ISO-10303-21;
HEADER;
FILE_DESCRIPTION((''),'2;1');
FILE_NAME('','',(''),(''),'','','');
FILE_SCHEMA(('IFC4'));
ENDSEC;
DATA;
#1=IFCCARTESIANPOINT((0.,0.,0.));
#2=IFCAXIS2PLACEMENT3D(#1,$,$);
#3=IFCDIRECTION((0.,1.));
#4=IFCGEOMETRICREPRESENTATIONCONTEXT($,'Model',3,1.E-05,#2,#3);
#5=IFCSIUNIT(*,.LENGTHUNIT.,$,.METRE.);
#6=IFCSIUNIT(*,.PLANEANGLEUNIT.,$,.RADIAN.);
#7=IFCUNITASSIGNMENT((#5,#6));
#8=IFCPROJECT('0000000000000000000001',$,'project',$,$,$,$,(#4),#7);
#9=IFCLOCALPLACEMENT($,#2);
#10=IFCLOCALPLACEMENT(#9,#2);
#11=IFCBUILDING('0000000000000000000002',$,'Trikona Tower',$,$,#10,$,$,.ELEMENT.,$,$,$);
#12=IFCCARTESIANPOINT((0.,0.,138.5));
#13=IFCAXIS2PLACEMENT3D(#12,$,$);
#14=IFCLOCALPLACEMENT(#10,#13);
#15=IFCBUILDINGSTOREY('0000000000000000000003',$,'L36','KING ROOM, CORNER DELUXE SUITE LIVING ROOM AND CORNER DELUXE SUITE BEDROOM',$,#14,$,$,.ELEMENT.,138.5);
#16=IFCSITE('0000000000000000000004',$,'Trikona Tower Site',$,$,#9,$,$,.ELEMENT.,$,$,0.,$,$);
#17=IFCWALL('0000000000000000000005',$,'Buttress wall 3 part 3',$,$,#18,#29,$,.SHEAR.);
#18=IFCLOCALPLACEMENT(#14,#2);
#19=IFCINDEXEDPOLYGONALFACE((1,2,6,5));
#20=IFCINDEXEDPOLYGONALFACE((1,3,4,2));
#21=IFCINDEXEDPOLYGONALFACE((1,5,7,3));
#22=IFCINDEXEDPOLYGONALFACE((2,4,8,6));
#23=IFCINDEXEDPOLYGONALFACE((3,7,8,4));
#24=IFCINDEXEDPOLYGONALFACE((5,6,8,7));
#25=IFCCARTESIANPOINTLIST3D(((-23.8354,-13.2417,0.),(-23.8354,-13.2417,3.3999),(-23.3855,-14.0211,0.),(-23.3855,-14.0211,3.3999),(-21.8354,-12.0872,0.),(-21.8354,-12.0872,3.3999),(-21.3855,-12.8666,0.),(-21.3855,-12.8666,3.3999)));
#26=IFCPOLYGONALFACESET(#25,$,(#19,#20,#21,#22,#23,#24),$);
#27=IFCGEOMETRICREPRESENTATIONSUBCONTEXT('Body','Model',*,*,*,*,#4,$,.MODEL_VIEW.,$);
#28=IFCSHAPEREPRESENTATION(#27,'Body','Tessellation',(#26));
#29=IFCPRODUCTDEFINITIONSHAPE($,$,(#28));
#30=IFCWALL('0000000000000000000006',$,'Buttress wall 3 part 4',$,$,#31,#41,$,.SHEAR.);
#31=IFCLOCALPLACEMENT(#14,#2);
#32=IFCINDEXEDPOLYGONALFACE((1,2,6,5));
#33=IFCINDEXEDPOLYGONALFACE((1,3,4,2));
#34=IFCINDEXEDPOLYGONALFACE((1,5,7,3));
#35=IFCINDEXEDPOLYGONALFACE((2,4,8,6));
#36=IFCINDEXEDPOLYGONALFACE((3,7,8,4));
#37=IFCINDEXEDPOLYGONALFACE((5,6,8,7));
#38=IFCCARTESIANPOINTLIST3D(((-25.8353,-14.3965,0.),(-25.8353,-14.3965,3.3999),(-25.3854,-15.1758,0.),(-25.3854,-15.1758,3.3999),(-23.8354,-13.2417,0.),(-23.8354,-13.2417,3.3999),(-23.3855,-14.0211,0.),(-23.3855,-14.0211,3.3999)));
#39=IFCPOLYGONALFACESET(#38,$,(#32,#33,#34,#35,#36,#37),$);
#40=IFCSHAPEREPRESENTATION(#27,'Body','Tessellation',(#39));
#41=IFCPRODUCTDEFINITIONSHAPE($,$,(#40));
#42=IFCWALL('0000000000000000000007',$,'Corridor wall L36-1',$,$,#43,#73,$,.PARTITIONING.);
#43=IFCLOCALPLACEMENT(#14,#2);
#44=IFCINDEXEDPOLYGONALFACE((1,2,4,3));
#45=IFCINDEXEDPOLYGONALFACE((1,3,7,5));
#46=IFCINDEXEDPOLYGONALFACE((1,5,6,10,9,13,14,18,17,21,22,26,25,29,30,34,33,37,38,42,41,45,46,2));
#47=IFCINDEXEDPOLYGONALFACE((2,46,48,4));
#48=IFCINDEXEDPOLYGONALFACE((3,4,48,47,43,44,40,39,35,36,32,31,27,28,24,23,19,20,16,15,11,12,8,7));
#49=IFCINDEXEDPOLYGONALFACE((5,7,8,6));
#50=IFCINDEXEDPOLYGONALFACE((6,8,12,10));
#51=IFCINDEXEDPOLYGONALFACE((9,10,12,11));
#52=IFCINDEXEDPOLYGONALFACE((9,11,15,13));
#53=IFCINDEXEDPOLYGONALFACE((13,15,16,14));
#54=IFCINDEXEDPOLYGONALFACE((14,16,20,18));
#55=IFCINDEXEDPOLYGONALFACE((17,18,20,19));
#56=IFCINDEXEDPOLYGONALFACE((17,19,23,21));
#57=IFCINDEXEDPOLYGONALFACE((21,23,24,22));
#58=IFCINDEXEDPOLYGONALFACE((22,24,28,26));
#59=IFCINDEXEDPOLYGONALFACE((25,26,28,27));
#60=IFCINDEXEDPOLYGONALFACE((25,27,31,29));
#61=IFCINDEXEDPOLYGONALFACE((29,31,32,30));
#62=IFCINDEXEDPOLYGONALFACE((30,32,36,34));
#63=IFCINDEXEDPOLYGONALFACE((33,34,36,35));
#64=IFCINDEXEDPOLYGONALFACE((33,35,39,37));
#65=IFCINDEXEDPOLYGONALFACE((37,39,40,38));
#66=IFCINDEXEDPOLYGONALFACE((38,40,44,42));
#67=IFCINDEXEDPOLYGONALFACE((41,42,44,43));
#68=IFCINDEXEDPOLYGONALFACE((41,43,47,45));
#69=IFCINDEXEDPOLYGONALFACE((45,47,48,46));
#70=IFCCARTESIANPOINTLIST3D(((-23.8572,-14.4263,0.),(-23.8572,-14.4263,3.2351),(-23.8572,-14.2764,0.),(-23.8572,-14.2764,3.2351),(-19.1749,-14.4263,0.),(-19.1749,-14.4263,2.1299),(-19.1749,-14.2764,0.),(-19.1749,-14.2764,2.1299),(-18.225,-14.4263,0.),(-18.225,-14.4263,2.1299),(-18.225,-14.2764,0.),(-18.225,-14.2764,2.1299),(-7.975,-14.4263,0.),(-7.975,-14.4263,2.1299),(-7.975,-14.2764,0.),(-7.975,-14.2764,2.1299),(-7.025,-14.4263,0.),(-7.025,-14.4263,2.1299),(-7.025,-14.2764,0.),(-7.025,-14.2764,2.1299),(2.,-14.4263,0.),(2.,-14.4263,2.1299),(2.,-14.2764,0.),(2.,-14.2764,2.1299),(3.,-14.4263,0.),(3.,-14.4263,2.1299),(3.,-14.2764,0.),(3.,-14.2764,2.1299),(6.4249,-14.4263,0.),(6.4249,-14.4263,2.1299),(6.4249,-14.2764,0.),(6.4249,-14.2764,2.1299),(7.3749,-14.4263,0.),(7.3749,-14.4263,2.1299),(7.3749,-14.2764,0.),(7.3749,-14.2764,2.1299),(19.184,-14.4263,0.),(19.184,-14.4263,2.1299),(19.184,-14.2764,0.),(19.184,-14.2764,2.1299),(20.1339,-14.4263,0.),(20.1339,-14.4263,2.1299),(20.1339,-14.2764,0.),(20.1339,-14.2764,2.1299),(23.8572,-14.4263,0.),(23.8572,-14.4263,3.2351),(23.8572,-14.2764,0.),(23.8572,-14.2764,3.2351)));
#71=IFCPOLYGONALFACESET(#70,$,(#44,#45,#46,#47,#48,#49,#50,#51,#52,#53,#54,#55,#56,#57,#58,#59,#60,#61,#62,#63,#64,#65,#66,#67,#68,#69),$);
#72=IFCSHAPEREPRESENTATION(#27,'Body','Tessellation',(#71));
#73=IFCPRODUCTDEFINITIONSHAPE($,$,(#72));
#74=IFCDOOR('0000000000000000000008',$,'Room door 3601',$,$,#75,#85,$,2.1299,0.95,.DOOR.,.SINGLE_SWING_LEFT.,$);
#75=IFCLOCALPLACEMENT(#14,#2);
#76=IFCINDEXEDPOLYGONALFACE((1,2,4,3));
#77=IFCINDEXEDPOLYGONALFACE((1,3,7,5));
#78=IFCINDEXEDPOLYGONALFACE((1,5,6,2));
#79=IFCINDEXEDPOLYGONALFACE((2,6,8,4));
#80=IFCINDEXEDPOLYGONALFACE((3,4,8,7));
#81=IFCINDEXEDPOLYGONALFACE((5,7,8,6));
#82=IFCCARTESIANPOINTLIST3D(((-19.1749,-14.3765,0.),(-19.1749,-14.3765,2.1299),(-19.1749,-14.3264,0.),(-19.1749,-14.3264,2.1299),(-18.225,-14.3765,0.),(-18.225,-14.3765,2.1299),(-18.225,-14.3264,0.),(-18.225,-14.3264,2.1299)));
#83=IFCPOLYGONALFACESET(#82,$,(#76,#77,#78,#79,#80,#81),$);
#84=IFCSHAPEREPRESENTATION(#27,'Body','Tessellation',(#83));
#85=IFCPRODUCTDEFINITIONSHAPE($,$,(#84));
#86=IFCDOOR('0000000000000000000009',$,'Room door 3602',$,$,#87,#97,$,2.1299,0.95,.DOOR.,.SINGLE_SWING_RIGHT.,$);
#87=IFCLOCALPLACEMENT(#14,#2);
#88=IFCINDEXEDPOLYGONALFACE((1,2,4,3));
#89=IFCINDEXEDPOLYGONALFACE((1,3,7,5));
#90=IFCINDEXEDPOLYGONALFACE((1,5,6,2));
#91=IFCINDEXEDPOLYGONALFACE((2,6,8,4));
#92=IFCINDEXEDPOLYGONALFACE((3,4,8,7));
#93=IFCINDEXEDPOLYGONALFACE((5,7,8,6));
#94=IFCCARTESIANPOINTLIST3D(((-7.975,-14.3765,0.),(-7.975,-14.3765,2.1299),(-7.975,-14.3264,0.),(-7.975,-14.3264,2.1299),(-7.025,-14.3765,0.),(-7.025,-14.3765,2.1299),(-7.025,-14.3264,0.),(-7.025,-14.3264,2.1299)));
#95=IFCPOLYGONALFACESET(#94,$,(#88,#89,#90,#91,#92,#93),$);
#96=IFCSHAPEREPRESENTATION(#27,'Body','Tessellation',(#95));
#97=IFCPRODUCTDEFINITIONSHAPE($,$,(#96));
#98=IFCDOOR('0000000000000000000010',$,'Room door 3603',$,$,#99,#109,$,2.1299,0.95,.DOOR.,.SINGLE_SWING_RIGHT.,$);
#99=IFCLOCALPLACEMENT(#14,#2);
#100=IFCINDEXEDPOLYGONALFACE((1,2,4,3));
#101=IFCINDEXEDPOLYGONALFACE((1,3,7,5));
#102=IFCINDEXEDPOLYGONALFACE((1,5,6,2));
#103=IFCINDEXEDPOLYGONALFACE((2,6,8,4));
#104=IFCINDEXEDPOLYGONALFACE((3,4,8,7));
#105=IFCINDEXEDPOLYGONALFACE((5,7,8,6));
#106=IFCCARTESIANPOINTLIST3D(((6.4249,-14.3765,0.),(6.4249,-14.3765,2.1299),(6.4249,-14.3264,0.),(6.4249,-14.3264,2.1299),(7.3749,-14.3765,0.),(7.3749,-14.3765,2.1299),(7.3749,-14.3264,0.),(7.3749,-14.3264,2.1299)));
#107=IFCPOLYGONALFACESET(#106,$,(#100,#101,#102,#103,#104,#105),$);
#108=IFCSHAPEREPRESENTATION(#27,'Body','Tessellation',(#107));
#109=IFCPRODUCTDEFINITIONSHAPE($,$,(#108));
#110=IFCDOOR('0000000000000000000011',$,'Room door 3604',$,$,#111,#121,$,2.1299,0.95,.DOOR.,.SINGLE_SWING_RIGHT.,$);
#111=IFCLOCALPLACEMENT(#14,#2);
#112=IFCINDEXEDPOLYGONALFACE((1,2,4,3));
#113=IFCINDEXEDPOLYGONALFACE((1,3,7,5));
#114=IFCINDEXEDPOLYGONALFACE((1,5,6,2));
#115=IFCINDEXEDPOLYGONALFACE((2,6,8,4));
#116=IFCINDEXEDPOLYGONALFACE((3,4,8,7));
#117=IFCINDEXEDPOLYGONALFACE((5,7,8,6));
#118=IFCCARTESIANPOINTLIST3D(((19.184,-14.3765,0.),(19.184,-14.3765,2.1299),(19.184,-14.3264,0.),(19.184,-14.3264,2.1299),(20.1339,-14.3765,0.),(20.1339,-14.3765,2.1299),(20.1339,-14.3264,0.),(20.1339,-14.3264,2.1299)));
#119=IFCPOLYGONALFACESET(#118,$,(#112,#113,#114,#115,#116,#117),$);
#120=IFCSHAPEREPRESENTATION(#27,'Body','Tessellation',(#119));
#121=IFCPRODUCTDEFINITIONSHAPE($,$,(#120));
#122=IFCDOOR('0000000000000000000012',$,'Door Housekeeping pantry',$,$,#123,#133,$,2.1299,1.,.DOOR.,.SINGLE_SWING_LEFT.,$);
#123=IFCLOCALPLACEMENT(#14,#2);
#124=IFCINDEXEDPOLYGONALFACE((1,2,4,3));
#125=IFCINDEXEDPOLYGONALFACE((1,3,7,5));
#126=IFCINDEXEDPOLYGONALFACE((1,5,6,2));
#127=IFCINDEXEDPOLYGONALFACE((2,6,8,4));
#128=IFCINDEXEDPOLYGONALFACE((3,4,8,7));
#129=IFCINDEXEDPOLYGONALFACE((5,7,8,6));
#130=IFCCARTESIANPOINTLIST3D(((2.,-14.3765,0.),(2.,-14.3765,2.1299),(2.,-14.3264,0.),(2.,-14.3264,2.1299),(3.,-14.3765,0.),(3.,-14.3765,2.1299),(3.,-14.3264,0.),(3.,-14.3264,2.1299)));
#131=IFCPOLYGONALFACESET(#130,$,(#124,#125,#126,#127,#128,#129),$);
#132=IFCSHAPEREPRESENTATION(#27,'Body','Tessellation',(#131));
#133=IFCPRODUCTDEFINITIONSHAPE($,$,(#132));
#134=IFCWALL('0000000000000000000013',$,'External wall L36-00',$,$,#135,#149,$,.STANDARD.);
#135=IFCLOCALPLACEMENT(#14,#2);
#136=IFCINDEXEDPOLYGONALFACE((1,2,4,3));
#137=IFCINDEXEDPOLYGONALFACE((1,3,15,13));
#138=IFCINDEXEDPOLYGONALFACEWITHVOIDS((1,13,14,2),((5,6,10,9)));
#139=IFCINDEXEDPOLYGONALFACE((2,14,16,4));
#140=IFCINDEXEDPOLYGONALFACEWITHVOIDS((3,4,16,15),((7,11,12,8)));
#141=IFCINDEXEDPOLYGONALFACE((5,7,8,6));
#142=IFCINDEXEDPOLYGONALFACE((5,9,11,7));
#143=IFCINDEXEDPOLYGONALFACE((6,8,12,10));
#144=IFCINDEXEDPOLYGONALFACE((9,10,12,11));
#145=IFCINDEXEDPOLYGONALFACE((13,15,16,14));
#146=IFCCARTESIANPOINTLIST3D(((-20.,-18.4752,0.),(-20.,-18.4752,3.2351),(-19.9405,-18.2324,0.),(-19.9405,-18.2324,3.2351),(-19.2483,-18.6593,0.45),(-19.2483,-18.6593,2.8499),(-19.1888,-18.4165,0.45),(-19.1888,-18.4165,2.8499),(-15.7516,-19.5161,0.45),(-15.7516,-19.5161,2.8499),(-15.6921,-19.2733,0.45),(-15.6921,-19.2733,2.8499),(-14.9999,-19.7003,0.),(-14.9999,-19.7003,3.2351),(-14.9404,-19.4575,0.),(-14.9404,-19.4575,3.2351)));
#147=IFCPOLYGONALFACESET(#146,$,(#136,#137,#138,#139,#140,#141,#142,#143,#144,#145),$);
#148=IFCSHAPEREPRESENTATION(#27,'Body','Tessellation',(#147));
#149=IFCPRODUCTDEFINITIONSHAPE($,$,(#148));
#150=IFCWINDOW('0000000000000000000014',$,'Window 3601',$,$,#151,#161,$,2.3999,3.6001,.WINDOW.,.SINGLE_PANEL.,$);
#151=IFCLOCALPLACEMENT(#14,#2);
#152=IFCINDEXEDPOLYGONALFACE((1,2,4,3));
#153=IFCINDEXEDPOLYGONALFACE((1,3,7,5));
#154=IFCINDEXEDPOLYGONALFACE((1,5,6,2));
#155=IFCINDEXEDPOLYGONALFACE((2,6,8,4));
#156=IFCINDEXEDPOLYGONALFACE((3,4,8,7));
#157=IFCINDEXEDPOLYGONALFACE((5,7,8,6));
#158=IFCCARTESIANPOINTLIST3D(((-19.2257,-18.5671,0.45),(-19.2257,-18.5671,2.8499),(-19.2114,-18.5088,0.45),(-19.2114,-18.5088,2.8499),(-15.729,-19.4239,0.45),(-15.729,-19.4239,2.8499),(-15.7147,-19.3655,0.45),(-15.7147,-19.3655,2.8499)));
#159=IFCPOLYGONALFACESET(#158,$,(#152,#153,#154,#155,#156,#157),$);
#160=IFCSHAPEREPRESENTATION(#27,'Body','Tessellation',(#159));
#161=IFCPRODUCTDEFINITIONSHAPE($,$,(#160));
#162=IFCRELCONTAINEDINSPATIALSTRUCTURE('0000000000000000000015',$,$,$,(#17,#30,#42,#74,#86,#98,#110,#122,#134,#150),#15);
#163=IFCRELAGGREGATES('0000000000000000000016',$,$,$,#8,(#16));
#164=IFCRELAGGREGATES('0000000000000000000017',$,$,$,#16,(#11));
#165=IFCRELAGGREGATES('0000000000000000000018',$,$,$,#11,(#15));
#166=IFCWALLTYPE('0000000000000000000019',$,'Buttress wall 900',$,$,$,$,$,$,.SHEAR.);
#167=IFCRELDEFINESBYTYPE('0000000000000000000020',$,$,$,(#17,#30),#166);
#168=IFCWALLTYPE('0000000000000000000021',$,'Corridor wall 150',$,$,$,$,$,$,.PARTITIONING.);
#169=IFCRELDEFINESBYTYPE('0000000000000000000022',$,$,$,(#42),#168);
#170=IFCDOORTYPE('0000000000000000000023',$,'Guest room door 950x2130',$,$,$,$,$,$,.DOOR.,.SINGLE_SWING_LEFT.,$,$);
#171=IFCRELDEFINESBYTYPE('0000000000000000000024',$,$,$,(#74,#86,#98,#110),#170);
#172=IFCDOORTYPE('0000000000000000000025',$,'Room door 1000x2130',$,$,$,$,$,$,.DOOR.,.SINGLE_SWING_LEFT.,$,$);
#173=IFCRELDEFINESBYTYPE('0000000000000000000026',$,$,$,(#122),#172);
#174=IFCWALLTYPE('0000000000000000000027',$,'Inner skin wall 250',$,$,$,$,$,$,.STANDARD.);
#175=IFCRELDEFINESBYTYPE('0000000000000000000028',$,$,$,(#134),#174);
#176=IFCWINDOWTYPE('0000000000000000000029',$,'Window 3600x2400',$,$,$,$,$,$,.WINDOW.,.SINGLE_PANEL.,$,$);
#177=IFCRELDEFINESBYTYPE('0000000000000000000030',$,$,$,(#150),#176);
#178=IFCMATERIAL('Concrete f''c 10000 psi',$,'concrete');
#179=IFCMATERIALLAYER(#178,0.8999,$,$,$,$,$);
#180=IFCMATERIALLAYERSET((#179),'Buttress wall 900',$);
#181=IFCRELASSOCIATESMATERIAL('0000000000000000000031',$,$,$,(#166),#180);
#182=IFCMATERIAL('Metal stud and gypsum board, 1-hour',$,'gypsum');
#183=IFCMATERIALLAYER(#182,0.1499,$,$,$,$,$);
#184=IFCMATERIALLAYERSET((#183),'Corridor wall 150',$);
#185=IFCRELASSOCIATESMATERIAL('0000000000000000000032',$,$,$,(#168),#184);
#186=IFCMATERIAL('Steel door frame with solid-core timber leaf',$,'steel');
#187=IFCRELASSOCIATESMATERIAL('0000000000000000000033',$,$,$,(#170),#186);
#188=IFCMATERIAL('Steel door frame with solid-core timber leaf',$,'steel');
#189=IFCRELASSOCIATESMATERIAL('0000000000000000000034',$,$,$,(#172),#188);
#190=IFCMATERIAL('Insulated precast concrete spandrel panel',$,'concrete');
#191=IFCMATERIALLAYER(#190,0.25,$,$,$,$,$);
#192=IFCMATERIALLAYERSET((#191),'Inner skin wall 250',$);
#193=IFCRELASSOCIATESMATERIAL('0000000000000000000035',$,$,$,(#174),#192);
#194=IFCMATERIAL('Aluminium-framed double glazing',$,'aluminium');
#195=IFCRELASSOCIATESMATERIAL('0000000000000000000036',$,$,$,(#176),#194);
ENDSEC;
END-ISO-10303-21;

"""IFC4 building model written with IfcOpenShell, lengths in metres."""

from ifc_helpers import new_model, si_unit, direction, frame, frame_2d, origin, place, context, subcontext, project, spatial, rectangle, extrude, material, layer, layer_set, type_object, element, fill, save


model = new_model("IFC4")

# Units and contexts
model_context = context("Model", 3, precision=1e-05, world=origin(), true_north=direction((0.0, 1.0)))
body_context = subcontext(model_context, "Body", "Model", "MODEL_VIEW")
ifc_project = project(units=[si_unit("LENGTHUNIT", "METRE"), si_unit("PLANEANGLEUNIT", "RADIAN")], contexts=[model_context])

# Site, building, storey
site_placement = place(None, origin())
site = spatial("IfcSite", under=ifc_project, at=site_placement, Name="Trikona Tower Site", CompositionType="ELEMENT", RefElevation=0.0)
building_placement = place(site_placement, origin())
building = spatial("IfcBuilding", under=site, at=building_placement, Name="Trikona Tower", CompositionType="ELEMENT")
storey_placement = place(building_placement, frame((0.0, 0.0, 138.5)))
storey = spatial("IfcBuildingStorey", under=building, at=storey_placement, Name="L36", Description="KING ROOM, CORNER DELUXE SUITE LIVING ROOM AND CORNER DELUXE SUITE BEDROOM", CompositionType="ELEMENT", Elevation=138.5)

# Walls
ifc_material_1 = material(Name="Concrete f'c 10000 psi", Category="concrete")
ifc_layer_1 = layer(ifc_material_1, 0.8999)
ifc_layer_set_1 = layer_set([ifc_layer_1], Name="Buttress wall 900")
wall_type_1 = type_object("IfcWallType", Name="Buttress wall 900", PredefinedType="SHEAR", material=ifc_layer_set_1)
for number, where, z_axis, x_axis, name in (
    (1, (-21.6104, -12.4768, 0.0), (0.0, 0.0, 1.0), (-0.866055, -0.499948, 0.0), "Buttress wall 3 part 3"),
    (2, (-23.6104, -13.6313, 0.0), (0.0, 0.0, 1.0), (-0.86601, -0.500027, 0.0), "Buttress wall 3 part 4"),
):
    element("IfcWall", number, at=place(storey_placement, frame(where, z_axis=z_axis, x_axis=x_axis)), inside=storey, type_object=wall_type_1, Name=name, PredefinedType="SHEAR", context=body_context, shape_type="SweptSolid", body=[
        extrude(rectangle(XDim=2.3093, YDim=0.8999, at=frame_2d((1.1548, 0.0))), origin(), (0.0, 0.0, 1.0), 3.3999),
    ])

# Wall, openings, doors
ifc_material_2 = material(Name="Metal stud and gypsum board, 1-hour", Category="gypsum")
ifc_layer_2 = layer(ifc_material_2, 0.1499)
ifc_layer_set_2 = layer_set([ifc_layer_2], Name="Corridor wall 150")
wall_type_2 = type_object("IfcWallType", Name="Corridor wall 150", PredefinedType="PARTITIONING", material=ifc_layer_set_2)
wall_1_placement = place(storey_placement, frame((-23.8572, -14.3513, 0.0), z_axis=(0.0, 0.0, 1.0), x_axis=(1.0, 0.0, 0.0)))
wall_1 = element("IfcWall", 3, at=wall_1_placement, inside=storey, type_object=wall_type_2, Name="Corridor wall L36-1", PredefinedType="PARTITIONING", context=body_context, shape_type="SweptSolid", body=[
    extrude(rectangle(XDim=47.7144, YDim=0.1499, at=frame_2d((23.8572, 0.0))), origin(), (0.0, 0.0, 1.0), 3.2351),
])
opening_1_placement = place(wall_1_placement, frame((4.6821, 0.0, 0.0)))
opening_1 = element("IfcOpeningElement", 4, at=opening_1_placement, cuts=wall_1, PredefinedType="OPENING", context=body_context, shape_type="SweptSolid", body=[
    extrude(rectangle(XDim=0.95, YDim=2.1299, at=frame_2d((0.4751, 1.0649))), frame((0.0, 0.085, 0.0), z_axis=(0.0, -1.0, 0.0), x_axis=(1.0, 0.0, 0.0)), (0.0, 0.0, 1.0), 0.1699),
])
opening_2_placement = place(wall_1_placement, frame((15.8821, 0.0, 0.0)))
opening_2 = element("IfcOpeningElement", 5, at=opening_2_placement, cuts=wall_1, PredefinedType="OPENING", context=body_context, shape_type="SweptSolid", body=[
    extrude(rectangle(XDim=0.95, YDim=2.1299, at=frame_2d((0.4751, 1.0649))), frame((0.0, 0.085, 0.0), z_axis=(0.0, -1.0, 0.0), x_axis=(1.0, 0.0, 0.0)), (0.0, 0.0, 1.0), 0.1699),
])
opening_3_placement = place(wall_1_placement, frame((25.8572, 0.0, 0.0)))
opening_3 = element("IfcOpeningElement", 6, at=opening_3_placement, cuts=wall_1, PredefinedType="OPENING", context=body_context, shape_type="SweptSolid", body=[
    extrude(rectangle(XDim=1.0, YDim=2.1299, at=frame_2d((0.5, 1.0649))), frame((0.0, 0.085, 0.0), z_axis=(0.0, -1.0, 0.0), x_axis=(1.0, 0.0, 0.0)), (0.0, 0.0, 1.0), 0.1699),
])
opening_4_placement = place(wall_1_placement, frame((30.282, 0.0, 0.0)))
opening_4 = element("IfcOpeningElement", 7, at=opening_4_placement, cuts=wall_1, PredefinedType="OPENING", context=body_context, shape_type="SweptSolid", body=[
    extrude(rectangle(XDim=0.95, YDim=2.1299, at=frame_2d((0.4751, 1.0649))), frame((0.0, 0.085, 0.0), z_axis=(0.0, -1.0, 0.0), x_axis=(1.0, 0.0, 0.0)), (0.0, 0.0, 1.0), 0.1699),
])
opening_5_placement = place(wall_1_placement, frame((43.041, 0.0, 0.0)))
opening_5 = element("IfcOpeningElement", 8, at=opening_5_placement, cuts=wall_1, PredefinedType="OPENING", context=body_context, shape_type="SweptSolid", body=[
    extrude(rectangle(XDim=0.95, YDim=2.1299, at=frame_2d((0.4751, 1.0649))), frame((0.0, 0.085, 0.0), z_axis=(0.0, -1.0, 0.0), x_axis=(1.0, 0.0, 0.0)), (0.0, 0.0, 1.0), 0.1699),
])
ifc_material_3 = material(Name="Steel door frame with solid-core timber leaf", Category="steel")
door_type_1 = type_object("IfcDoorType", Name="Guest room door 950x2130", OperationType="SINGLE_SWING_LEFT", PredefinedType="DOOR", material=ifc_material_3)
door_1_placement = place(opening_1_placement, origin())
door_1 = element("IfcDoor", 9, at=door_1_placement, inside=storey, type_object=door_type_1, Name="Room door 3601", OperationType="SINGLE_SWING_LEFT", OverallHeight=2.1299, OverallWidth=0.95, PredefinedType="DOOR", context=body_context, shape_type="SweptSolid", body=[
    extrude(rectangle(XDim=0.95, YDim=2.1299, at=frame_2d((0.4751, 1.0649))), frame((0.0, 0.0249, 0.0), z_axis=(0.0, -1.0, 0.0), x_axis=(1.0, 0.0, 0.0)), (0.0, 0.0, 1.0), 0.05),
])
fill(opening_1, door_1)
door_2_placement = place(opening_2_placement, origin())
door_2 = element("IfcDoor", 10, at=door_2_placement, inside=storey, type_object=door_type_1, Name="Room door 3602", OperationType="SINGLE_SWING_RIGHT", OverallHeight=2.1299, OverallWidth=0.95, PredefinedType="DOOR", context=body_context, shape_type="SweptSolid", body=[
    extrude(rectangle(XDim=0.95, YDim=2.1299, at=frame_2d((0.4751, 1.0649))), frame((0.0, 0.0249, 0.0), z_axis=(0.0, -1.0, 0.0), x_axis=(1.0, 0.0, 0.0)), (0.0, 0.0, 1.0), 0.05),
])
fill(opening_2, door_2)
door_3_placement = place(opening_4_placement, origin())
door_3 = element("IfcDoor", 11, at=door_3_placement, inside=storey, type_object=door_type_1, Name="Room door 3603", OperationType="SINGLE_SWING_RIGHT", OverallHeight=2.1299, OverallWidth=0.95, PredefinedType="DOOR", context=body_context, shape_type="SweptSolid", body=[
    extrude(rectangle(XDim=0.95, YDim=2.1299, at=frame_2d((0.4751, 1.0649))), frame((0.0, 0.0249, 0.0), z_axis=(0.0, -1.0, 0.0), x_axis=(1.0, 0.0, 0.0)), (0.0, 0.0, 1.0), 0.05),
])
fill(opening_4, door_3)
door_4_placement = place(opening_5_placement, origin())
door_4 = element("IfcDoor", 12, at=door_4_placement, inside=storey, type_object=door_type_1, Name="Room door 3604", OperationType="SINGLE_SWING_RIGHT", OverallHeight=2.1299, OverallWidth=0.95, PredefinedType="DOOR", context=body_context, shape_type="SweptSolid", body=[
    extrude(rectangle(XDim=0.95, YDim=2.1299, at=frame_2d((0.4751, 1.0649))), frame((0.0, 0.0249, 0.0), z_axis=(0.0, -1.0, 0.0), x_axis=(1.0, 0.0, 0.0)), (0.0, 0.0, 1.0), 0.05),
])
fill(opening_5, door_4)
ifc_material_4 = material(Name="Steel door frame with solid-core timber leaf", Category="steel")
door_type_2 = type_object("IfcDoorType", Name="Room door 1000x2130", OperationType="SINGLE_SWING_LEFT", PredefinedType="DOOR", material=ifc_material_4)
door_5_placement = place(opening_3_placement, origin())
door_5 = element("IfcDoor", 13, at=door_5_placement, inside=storey, type_object=door_type_2, Name="Door Housekeeping pantry", OperationType="SINGLE_SWING_LEFT", OverallHeight=2.1299, OverallWidth=1.0, PredefinedType="DOOR", context=body_context, shape_type="SweptSolid", body=[
    extrude(rectangle(XDim=1.0, YDim=2.1299, at=frame_2d((0.5, 1.0649))), frame((0.0, 0.0249, 0.0), z_axis=(0.0, -1.0, 0.0), x_axis=(1.0, 0.0, 0.0)), (0.0, 0.0, 1.0), 0.05),
])
fill(opening_3, door_5)

# Wall, opening, window
ifc_material_5 = material(Name="Insulated precast concrete spandrel panel", Category="concrete")
ifc_layer_3 = layer(ifc_material_5, 0.25)
ifc_layer_set_3 = layer_set([ifc_layer_3], Name="Inner skin wall 250")
wall_type_3 = type_object("IfcWallType", Name="Inner skin wall 250", PredefinedType="STANDARD", material=ifc_layer_set_3)
wall_2_placement = place(storey_placement, frame((-19.9702, -18.3538, 0.0), z_axis=(0.0, 0.0, 1.0), x_axis=(0.97127, -0.23798, 0.0)))
wall_2 = element("IfcWall", 14, at=wall_2_placement, inside=storey, type_object=wall_type_3, Name="External wall L36-00", PredefinedType="STANDARD", context=body_context, shape_type="SweptSolid", body=[
    extrude(rectangle(XDim=5.1479, YDim=0.25, at=frame_2d((2.574, 0.0))), origin(), (0.0, 0.0, 1.0), 3.2351),
])
opening_6_placement = place(wall_2_placement, frame((0.7739, 0.0, 0.45)))
opening_6 = element("IfcOpeningElement", 15, at=opening_6_placement, cuts=wall_2, PredefinedType="OPENING", context=body_context, shape_type="SweptSolid", body=[
    extrude(rectangle(XDim=3.6001, YDim=2.3999, at=frame_2d((1.8, 1.2))), frame((0.0, 0.135, 0.0), z_axis=(0.0, -1.0, 0.0), x_axis=(1.0, 0.0, 0.0)), (0.0, 0.0, 1.0), 0.27),
])
ifc_material_6 = material(Name="Aluminium-framed double glazing", Category="aluminium")
window_type_1 = type_object("IfcWindowType", Name="Window 3600x2400", PartitioningType="SINGLE_PANEL", PredefinedType="WINDOW", material=ifc_material_6)
window_1_placement = place(opening_6_placement, origin())
window_1 = element("IfcWindow", 16, at=window_1_placement, inside=storey, type_object=window_type_1, Name="Window 3601", OverallHeight=2.3999, OverallWidth=3.6001, PartitioningType="SINGLE_PANEL", PredefinedType="WINDOW", context=body_context, shape_type="SweptSolid", body=[
    extrude(rectangle(XDim=3.6001, YDim=2.3999, at=frame_2d((1.8, 1.2))), frame((0.0, 0.03, 0.0), z_axis=(0.0, -1.0, 0.0), x_axis=(1.0, 0.0, 0.0)), (0.0, 0.0, 1.0), 0.0601),
])
fill(opening_6, window_1)

save(model, "model.ifc")
